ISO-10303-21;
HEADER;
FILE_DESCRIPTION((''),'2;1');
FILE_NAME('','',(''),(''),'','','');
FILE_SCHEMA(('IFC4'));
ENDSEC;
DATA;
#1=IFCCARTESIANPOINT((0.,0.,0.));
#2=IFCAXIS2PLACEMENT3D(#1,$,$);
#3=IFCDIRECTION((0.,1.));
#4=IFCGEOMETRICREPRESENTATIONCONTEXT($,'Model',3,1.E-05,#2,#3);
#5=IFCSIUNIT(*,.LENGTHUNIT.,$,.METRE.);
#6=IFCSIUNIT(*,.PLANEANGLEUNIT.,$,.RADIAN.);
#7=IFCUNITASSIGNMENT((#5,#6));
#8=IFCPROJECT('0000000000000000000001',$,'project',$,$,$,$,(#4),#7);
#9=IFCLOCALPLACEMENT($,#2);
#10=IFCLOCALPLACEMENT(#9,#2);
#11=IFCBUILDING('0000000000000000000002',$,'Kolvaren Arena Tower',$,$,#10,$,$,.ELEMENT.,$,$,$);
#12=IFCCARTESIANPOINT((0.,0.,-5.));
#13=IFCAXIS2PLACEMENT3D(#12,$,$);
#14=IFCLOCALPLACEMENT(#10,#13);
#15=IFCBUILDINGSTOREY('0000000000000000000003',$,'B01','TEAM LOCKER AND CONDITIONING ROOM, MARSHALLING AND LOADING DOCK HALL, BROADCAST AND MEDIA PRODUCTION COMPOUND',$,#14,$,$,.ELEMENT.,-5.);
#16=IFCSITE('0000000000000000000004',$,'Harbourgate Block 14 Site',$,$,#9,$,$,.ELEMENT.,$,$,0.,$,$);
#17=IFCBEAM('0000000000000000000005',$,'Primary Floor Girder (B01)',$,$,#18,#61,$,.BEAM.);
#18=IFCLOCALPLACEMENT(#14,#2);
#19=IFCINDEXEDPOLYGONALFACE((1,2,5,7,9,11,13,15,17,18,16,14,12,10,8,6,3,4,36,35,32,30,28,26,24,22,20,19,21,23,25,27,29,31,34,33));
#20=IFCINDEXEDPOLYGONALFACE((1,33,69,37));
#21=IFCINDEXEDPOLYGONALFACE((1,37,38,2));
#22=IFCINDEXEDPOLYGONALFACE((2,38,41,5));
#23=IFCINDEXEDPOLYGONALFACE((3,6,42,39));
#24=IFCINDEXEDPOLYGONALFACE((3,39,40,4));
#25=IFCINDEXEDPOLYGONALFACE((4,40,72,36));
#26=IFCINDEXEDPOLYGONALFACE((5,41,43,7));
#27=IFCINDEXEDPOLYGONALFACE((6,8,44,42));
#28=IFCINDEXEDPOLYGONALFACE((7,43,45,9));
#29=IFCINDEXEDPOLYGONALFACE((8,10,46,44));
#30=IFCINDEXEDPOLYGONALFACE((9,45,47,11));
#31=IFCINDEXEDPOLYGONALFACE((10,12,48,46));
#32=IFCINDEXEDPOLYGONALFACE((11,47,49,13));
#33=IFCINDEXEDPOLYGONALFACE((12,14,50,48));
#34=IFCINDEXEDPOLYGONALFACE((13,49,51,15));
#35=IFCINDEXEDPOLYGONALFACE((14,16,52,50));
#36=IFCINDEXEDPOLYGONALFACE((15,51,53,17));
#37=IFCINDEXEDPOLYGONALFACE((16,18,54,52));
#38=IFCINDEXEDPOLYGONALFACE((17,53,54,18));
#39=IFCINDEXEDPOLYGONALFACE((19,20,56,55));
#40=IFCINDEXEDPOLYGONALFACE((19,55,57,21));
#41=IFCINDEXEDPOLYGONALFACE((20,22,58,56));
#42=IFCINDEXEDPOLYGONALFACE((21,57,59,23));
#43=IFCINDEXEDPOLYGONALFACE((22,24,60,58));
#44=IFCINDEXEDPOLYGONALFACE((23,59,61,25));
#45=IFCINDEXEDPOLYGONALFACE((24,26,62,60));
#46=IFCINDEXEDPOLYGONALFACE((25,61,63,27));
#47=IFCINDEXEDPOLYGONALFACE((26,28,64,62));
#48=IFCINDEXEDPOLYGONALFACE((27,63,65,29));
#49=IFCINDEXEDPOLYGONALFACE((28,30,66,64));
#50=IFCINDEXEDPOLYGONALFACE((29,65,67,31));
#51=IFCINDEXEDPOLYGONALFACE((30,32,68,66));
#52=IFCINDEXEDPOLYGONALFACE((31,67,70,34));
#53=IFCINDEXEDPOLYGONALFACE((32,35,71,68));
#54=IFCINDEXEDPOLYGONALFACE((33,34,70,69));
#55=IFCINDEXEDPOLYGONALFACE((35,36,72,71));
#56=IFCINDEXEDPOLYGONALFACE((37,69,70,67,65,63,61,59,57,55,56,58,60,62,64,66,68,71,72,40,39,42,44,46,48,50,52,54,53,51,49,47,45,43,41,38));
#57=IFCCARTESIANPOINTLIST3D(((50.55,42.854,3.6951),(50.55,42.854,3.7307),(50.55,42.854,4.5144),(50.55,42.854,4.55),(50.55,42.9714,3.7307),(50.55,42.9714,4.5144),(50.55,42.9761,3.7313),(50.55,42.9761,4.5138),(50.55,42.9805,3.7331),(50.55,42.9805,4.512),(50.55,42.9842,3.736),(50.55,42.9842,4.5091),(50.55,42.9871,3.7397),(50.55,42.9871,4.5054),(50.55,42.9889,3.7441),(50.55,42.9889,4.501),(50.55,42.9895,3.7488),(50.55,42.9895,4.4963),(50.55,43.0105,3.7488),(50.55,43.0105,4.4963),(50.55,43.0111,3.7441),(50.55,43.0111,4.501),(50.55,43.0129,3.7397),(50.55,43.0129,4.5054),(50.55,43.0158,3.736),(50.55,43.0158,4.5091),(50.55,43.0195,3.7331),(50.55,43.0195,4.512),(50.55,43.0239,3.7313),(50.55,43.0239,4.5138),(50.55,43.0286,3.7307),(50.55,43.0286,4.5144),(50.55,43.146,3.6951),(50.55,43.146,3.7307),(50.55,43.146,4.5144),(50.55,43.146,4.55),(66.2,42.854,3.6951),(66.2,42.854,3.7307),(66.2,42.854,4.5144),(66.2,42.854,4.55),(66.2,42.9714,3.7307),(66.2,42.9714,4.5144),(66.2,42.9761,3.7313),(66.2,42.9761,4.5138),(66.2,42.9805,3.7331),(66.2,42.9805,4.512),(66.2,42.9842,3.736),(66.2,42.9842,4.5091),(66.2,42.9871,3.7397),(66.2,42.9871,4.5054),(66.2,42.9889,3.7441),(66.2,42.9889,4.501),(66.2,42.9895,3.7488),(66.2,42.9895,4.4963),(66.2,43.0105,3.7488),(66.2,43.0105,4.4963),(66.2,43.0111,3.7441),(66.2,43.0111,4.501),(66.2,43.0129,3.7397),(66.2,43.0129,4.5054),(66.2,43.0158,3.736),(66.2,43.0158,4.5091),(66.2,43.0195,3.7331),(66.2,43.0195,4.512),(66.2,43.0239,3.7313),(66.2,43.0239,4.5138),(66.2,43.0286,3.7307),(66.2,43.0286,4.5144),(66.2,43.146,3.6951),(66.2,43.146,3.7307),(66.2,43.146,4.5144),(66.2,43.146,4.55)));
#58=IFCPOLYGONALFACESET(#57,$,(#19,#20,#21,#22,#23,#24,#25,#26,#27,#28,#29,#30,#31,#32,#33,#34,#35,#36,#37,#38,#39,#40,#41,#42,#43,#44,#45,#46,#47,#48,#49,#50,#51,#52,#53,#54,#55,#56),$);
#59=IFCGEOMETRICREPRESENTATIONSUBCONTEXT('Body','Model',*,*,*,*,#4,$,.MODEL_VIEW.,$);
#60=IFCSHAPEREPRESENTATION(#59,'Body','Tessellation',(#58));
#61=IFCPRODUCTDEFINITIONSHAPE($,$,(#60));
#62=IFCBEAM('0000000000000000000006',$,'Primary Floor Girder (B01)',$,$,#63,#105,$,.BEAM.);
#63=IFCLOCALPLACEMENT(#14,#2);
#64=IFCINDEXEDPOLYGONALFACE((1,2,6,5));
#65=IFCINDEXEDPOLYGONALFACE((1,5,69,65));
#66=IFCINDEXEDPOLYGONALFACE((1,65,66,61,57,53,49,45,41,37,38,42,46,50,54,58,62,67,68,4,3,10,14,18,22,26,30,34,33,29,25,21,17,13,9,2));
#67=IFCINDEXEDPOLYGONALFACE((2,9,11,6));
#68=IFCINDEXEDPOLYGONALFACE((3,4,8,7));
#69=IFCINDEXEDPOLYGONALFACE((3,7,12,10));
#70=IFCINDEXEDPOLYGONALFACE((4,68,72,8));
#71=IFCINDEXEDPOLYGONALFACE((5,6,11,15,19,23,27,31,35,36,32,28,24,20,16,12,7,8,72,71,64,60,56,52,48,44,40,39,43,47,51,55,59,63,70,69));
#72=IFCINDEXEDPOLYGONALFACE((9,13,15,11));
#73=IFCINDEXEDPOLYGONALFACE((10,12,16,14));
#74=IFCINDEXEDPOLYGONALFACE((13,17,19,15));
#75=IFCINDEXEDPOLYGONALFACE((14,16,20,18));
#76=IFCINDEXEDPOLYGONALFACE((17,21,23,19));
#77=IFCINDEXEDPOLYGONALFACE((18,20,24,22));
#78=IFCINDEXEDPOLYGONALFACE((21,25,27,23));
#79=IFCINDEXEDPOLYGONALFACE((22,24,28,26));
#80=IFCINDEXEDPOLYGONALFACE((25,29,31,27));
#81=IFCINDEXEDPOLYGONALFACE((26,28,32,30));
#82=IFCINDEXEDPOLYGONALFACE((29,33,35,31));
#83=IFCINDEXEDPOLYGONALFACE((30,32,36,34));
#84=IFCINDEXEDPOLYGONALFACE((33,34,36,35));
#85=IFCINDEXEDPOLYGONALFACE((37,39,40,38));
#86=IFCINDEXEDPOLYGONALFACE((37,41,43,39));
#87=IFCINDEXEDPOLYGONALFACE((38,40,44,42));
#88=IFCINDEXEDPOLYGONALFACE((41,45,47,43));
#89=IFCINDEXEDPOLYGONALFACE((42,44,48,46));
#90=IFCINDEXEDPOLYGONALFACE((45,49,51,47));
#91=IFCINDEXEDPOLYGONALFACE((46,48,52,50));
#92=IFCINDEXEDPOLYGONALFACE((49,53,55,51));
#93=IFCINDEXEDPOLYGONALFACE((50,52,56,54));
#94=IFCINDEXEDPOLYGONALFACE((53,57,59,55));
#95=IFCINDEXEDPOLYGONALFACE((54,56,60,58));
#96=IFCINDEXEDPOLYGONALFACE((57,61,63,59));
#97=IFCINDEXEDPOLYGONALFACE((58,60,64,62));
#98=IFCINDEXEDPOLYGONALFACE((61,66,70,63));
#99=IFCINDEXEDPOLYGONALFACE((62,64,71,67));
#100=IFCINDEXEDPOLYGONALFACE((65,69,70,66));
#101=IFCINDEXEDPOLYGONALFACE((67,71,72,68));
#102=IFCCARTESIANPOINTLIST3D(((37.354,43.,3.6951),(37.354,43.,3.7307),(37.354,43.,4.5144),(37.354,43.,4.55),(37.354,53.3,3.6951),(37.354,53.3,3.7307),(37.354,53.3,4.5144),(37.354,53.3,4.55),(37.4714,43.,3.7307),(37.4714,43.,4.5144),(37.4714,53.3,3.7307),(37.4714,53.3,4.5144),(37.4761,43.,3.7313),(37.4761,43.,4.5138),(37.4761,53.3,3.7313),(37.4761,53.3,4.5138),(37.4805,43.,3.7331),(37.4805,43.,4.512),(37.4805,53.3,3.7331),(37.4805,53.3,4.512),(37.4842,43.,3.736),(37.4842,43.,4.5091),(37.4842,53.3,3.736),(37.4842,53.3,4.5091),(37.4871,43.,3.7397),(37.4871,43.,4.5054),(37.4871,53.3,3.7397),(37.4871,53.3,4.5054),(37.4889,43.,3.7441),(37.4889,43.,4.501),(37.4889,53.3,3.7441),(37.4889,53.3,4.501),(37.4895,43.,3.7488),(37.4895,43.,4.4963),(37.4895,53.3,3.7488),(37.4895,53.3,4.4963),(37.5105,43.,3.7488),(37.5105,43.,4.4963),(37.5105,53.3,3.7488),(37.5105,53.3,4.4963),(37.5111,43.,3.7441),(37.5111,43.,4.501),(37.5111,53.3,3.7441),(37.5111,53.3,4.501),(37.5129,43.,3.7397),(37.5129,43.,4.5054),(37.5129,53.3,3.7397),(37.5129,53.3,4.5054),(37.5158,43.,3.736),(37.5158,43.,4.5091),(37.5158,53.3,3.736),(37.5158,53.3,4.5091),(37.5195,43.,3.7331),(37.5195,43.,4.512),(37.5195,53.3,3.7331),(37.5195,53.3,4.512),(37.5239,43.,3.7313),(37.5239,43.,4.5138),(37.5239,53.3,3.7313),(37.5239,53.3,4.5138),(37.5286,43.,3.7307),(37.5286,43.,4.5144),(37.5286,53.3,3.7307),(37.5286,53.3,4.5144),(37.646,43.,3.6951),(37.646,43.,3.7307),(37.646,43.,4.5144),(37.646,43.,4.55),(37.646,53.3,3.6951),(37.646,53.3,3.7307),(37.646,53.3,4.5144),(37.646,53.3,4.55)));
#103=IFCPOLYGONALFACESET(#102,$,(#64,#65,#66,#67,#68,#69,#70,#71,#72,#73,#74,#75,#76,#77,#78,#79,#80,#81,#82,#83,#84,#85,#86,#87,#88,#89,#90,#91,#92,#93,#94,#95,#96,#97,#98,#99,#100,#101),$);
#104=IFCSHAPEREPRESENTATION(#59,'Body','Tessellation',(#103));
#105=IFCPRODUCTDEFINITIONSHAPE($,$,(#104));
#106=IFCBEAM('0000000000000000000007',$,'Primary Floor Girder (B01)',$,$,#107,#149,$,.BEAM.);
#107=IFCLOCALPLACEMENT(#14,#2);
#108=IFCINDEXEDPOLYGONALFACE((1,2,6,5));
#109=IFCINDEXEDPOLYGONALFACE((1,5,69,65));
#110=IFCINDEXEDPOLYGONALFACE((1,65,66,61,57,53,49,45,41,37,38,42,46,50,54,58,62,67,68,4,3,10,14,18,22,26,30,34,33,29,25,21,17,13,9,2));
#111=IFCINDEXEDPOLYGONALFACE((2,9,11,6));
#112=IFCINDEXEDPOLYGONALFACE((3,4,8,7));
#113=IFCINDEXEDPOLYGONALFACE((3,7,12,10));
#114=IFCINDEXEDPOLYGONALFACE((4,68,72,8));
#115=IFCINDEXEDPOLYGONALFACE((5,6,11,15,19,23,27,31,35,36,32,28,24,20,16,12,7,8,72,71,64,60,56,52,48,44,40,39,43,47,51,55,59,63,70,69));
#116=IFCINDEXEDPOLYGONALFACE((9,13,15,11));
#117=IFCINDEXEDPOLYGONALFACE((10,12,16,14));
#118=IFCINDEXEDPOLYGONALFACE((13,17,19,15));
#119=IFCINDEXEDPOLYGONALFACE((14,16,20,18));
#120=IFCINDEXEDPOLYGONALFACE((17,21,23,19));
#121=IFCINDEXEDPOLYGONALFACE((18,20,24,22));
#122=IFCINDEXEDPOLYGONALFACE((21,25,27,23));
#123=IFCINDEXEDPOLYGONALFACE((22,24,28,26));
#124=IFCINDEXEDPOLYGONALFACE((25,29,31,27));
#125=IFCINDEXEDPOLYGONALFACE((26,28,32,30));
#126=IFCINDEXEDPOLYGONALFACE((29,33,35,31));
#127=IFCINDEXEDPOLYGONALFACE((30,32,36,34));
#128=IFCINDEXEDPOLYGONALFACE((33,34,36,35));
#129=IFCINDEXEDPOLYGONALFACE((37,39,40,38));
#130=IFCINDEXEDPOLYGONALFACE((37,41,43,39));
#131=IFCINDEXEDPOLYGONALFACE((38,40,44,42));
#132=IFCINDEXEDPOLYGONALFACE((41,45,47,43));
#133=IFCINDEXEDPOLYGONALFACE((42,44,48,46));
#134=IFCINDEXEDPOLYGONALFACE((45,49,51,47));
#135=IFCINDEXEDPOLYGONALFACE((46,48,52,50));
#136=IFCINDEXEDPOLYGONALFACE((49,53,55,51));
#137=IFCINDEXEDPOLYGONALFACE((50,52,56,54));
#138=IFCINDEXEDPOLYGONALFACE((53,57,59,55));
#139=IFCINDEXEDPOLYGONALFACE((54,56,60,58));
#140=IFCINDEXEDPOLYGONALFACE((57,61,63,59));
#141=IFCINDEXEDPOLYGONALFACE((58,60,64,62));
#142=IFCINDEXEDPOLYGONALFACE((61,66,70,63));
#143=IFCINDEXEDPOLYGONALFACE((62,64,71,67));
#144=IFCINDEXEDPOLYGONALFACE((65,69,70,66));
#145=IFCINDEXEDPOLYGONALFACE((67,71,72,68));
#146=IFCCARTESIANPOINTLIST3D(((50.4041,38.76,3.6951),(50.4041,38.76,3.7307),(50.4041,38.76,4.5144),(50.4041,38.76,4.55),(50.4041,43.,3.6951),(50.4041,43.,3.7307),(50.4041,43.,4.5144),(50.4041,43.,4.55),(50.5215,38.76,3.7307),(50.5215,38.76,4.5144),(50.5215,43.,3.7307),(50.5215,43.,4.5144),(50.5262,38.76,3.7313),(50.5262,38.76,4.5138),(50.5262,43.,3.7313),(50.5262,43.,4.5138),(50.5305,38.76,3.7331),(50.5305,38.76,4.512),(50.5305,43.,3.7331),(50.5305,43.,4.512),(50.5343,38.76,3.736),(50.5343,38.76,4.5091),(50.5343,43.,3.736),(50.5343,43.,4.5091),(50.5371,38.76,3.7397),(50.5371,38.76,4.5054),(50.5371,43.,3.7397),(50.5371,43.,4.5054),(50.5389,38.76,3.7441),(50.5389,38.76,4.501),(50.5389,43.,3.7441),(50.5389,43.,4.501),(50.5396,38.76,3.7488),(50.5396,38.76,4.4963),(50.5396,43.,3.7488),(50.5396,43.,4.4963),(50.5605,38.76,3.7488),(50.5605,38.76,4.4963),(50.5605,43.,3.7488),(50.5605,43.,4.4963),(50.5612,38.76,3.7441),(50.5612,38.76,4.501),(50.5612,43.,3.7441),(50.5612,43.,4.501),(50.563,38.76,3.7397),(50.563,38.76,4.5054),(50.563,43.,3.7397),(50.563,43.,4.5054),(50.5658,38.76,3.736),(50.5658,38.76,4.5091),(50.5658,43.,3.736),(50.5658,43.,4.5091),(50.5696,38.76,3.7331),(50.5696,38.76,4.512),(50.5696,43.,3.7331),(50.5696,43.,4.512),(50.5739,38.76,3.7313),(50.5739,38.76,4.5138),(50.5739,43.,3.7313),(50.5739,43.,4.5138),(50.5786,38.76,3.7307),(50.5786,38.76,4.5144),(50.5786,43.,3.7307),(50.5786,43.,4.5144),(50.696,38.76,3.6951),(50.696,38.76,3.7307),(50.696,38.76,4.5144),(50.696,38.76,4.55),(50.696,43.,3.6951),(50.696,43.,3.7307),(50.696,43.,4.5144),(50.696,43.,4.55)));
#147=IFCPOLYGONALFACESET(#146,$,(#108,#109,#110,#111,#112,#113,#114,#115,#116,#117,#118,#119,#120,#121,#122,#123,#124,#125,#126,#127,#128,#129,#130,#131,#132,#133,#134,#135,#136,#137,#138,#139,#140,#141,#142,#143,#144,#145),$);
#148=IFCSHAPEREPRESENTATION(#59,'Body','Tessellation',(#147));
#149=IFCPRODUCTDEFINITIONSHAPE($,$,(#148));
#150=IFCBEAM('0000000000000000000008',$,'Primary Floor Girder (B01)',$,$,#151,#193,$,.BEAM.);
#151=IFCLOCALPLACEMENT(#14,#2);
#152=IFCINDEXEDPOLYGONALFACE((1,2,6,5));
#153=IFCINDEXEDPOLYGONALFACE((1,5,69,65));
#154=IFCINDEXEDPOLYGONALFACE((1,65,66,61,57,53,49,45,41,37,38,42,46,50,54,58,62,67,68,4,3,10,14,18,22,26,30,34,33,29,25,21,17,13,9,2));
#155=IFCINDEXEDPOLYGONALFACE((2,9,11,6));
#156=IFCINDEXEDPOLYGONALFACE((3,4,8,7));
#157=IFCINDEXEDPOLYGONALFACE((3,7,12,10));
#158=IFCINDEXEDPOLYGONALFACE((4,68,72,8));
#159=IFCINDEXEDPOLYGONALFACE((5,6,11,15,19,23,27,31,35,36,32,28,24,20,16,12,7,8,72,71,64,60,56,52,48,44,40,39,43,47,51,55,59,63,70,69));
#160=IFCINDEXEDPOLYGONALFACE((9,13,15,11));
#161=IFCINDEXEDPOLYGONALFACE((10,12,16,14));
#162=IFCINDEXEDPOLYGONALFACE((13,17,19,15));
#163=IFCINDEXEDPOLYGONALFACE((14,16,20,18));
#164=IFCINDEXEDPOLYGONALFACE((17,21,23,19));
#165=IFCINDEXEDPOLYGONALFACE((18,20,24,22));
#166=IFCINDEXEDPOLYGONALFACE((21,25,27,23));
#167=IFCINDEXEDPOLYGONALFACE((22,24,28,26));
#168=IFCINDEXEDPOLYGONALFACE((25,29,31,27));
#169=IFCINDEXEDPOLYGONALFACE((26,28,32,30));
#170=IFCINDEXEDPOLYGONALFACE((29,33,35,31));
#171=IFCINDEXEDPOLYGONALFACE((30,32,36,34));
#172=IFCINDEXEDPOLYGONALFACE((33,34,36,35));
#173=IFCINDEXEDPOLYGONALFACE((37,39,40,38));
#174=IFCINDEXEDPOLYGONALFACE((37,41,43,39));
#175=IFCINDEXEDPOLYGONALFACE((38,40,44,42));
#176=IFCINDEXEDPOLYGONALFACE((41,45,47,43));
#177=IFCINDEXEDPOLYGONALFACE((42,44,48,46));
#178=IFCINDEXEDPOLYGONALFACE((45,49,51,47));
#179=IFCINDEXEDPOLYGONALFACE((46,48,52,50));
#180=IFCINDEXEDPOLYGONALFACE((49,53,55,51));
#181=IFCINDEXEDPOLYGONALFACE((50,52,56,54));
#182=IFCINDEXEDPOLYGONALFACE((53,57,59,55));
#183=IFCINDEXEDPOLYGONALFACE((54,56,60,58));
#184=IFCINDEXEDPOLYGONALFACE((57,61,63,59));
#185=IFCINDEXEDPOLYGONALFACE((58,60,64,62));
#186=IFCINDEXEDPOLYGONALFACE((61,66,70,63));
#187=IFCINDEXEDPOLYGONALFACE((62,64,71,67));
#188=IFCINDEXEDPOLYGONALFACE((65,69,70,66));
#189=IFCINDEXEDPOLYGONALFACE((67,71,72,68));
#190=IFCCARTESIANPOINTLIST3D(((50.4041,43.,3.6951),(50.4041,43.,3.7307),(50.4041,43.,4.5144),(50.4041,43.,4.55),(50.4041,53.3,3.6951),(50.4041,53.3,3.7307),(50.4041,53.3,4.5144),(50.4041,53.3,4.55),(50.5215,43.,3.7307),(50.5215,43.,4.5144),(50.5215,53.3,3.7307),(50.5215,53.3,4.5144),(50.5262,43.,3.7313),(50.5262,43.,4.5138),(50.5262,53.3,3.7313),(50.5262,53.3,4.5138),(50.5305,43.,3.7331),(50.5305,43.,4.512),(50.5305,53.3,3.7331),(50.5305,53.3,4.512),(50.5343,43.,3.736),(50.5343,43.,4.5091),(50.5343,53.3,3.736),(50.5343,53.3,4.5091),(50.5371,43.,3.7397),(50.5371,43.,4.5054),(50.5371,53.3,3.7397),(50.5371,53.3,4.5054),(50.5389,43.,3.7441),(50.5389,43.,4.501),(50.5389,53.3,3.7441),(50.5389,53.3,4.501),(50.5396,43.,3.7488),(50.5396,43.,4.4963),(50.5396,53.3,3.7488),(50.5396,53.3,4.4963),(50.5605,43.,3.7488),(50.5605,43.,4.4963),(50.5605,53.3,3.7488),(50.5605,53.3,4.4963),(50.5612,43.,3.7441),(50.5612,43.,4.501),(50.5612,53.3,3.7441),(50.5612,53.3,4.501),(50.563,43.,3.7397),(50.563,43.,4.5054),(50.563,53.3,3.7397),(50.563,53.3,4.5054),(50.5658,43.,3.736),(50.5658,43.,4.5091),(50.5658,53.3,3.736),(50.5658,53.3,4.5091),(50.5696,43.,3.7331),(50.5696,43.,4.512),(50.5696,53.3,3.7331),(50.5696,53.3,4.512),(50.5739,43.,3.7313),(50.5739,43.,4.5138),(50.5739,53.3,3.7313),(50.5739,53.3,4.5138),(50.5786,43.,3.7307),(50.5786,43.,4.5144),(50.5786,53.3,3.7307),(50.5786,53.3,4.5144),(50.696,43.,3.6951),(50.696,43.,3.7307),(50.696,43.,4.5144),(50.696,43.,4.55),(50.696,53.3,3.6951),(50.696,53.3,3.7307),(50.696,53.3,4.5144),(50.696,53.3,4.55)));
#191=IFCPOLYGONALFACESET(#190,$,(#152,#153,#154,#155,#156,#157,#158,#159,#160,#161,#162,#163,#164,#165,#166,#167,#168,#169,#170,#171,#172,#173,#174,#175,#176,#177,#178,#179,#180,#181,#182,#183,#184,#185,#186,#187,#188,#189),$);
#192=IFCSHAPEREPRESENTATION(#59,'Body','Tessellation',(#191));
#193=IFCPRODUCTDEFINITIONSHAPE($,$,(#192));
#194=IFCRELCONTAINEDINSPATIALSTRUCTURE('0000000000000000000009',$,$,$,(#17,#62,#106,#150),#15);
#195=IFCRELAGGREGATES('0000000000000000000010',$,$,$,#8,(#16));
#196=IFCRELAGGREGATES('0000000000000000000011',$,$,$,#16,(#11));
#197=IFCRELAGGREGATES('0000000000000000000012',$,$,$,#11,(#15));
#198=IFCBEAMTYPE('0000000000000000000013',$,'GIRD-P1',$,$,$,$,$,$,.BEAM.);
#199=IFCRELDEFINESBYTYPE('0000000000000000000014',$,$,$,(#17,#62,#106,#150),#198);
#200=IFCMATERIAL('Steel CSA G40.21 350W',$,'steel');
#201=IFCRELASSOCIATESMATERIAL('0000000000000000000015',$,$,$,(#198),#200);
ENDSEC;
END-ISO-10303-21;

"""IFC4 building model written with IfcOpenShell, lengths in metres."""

from ifc_helpers import new_model, si_unit, direction, frame, origin, origin_2d, place, context, subcontext, project, spatial, i_section, extrude, material, material_profile, profile_set, type_object, element, save


model = new_model("IFC4")

# Units and contexts
model_context = context("Model", 3, precision=1e-05, world=origin(), true_north=direction((0.0, 1.0)))
body_context = subcontext(model_context, "Body", "Model", "MODEL_VIEW")
ifc_project = project(units=[si_unit("LENGTHUNIT", "METRE"), si_unit("PLANEANGLEUNIT", "RADIAN")], contexts=[model_context])

# Site, building, storey
site_placement = place(None, origin())
site = spatial("IfcSite", under=ifc_project, at=site_placement, Name="Harbourgate Block 14 Site", CompositionType="ELEMENT", RefElevation=0.0)
building_placement = place(site_placement, origin())
building = spatial("IfcBuilding", under=site, at=building_placement, Name="Kolvaren Arena Tower", CompositionType="ELEMENT")
storey_placement = place(building_placement, frame((0.0, 0.0, -5.0)))
storey = spatial("IfcBuildingStorey", under=building, at=storey_placement, Name="B01", Description="TEAM LOCKER AND CONDITIONING ROOM, MARSHALLING AND LOADING DOCK HALL, BROADCAST AND MEDIA PRODUCTION COMPOUND", CompositionType="ELEMENT", Elevation=-5.0)

# Beams
ifc_material_1 = material(Name="Steel CSA G40.21 350W", Category="steel")
ifc_material_profile_1 = material_profile(ifc_material_1, i_section(OverallWidth=0.292, OverallDepth=0.855, WebThickness=0.021, FlangeThickness=0.0356, FilletRadius=0.0181, at=origin_2d()), Name="W840x299")
ifc_profile_set_1 = profile_set([ifc_material_profile_1], Name="Steel CSA G40.21 350W")
beam_type_1 = type_object("IfcBeamType", Name="GIRD-P1", PredefinedType="BEAM", material=ifc_profile_set_1)
beam_1_placement = place(storey_placement, frame((50.55, 43.0, 4.1226), z_axis=(1.0, 0.0, 0.0), x_axis=(0.0, 1.0, 0.0)))
element("IfcBeam", 1, at=beam_1_placement, inside=storey, type_object=beam_type_1, Name="Primary Floor Girder (B01)", PredefinedType="BEAM", context=body_context, shape_type="SweptSolid", body=[
    extrude(i_section(OverallWidth=0.292, OverallDepth=0.855, WebThickness=0.021, FlangeThickness=0.0356, FilletRadius=0.0181, at=origin_2d()), origin(), (0.0, 0.0, 1.0), 15.6499),
])
beam_2_placement = place(storey_placement, frame((37.5, 43.0, 4.1226), z_axis=(0.0, 1.0, 0.0), x_axis=(-1.0, 0.0, 0.0)))
element("IfcBeam", 2, at=beam_2_placement, inside=storey, type_object=beam_type_1, Name="Primary Floor Girder (B01)", PredefinedType="BEAM", context=body_context, shape_type="SweptSolid", body=[
    extrude(i_section(OverallWidth=0.292, OverallDepth=0.855, WebThickness=0.021, FlangeThickness=0.0356, FilletRadius=0.0181, at=origin_2d()), origin(), (0.0, 0.0, 1.0), 10.3),
])
beam_3_placement = place(storey_placement, frame((50.55, 38.76, 4.1226), z_axis=(0.0, 1.0, 0.0), x_axis=(-1.0, 0.0, 0.0)))
element("IfcBeam", 3, at=beam_3_placement, inside=storey, type_object=beam_type_1, Name="Primary Floor Girder (B01)", PredefinedType="BEAM", context=body_context, shape_type="SweptSolid", body=[
    extrude(i_section(OverallWidth=0.292, OverallDepth=0.855, WebThickness=0.021, FlangeThickness=0.0356, FilletRadius=0.0181, at=origin_2d()), origin(), (0.0, 0.0, 1.0), 4.24),
])
beam_4_placement = place(storey_placement, frame((50.55, 43.0, 4.1226), z_axis=(0.0, 1.0, 0.0), x_axis=(-1.0, 0.0, 0.0)))
element("IfcBeam", 4, at=beam_4_placement, inside=storey, type_object=beam_type_1, Name="Primary Floor Girder (B01)", PredefinedType="BEAM", context=body_context, shape_type="SweptSolid", body=[
    extrude(i_section(OverallWidth=0.292, OverallDepth=0.855, WebThickness=0.021, FlangeThickness=0.0356, FilletRadius=0.0181, at=origin_2d()), origin(), (0.0, 0.0, 1.0), 10.3),
])

save(model, "model.ifc")
